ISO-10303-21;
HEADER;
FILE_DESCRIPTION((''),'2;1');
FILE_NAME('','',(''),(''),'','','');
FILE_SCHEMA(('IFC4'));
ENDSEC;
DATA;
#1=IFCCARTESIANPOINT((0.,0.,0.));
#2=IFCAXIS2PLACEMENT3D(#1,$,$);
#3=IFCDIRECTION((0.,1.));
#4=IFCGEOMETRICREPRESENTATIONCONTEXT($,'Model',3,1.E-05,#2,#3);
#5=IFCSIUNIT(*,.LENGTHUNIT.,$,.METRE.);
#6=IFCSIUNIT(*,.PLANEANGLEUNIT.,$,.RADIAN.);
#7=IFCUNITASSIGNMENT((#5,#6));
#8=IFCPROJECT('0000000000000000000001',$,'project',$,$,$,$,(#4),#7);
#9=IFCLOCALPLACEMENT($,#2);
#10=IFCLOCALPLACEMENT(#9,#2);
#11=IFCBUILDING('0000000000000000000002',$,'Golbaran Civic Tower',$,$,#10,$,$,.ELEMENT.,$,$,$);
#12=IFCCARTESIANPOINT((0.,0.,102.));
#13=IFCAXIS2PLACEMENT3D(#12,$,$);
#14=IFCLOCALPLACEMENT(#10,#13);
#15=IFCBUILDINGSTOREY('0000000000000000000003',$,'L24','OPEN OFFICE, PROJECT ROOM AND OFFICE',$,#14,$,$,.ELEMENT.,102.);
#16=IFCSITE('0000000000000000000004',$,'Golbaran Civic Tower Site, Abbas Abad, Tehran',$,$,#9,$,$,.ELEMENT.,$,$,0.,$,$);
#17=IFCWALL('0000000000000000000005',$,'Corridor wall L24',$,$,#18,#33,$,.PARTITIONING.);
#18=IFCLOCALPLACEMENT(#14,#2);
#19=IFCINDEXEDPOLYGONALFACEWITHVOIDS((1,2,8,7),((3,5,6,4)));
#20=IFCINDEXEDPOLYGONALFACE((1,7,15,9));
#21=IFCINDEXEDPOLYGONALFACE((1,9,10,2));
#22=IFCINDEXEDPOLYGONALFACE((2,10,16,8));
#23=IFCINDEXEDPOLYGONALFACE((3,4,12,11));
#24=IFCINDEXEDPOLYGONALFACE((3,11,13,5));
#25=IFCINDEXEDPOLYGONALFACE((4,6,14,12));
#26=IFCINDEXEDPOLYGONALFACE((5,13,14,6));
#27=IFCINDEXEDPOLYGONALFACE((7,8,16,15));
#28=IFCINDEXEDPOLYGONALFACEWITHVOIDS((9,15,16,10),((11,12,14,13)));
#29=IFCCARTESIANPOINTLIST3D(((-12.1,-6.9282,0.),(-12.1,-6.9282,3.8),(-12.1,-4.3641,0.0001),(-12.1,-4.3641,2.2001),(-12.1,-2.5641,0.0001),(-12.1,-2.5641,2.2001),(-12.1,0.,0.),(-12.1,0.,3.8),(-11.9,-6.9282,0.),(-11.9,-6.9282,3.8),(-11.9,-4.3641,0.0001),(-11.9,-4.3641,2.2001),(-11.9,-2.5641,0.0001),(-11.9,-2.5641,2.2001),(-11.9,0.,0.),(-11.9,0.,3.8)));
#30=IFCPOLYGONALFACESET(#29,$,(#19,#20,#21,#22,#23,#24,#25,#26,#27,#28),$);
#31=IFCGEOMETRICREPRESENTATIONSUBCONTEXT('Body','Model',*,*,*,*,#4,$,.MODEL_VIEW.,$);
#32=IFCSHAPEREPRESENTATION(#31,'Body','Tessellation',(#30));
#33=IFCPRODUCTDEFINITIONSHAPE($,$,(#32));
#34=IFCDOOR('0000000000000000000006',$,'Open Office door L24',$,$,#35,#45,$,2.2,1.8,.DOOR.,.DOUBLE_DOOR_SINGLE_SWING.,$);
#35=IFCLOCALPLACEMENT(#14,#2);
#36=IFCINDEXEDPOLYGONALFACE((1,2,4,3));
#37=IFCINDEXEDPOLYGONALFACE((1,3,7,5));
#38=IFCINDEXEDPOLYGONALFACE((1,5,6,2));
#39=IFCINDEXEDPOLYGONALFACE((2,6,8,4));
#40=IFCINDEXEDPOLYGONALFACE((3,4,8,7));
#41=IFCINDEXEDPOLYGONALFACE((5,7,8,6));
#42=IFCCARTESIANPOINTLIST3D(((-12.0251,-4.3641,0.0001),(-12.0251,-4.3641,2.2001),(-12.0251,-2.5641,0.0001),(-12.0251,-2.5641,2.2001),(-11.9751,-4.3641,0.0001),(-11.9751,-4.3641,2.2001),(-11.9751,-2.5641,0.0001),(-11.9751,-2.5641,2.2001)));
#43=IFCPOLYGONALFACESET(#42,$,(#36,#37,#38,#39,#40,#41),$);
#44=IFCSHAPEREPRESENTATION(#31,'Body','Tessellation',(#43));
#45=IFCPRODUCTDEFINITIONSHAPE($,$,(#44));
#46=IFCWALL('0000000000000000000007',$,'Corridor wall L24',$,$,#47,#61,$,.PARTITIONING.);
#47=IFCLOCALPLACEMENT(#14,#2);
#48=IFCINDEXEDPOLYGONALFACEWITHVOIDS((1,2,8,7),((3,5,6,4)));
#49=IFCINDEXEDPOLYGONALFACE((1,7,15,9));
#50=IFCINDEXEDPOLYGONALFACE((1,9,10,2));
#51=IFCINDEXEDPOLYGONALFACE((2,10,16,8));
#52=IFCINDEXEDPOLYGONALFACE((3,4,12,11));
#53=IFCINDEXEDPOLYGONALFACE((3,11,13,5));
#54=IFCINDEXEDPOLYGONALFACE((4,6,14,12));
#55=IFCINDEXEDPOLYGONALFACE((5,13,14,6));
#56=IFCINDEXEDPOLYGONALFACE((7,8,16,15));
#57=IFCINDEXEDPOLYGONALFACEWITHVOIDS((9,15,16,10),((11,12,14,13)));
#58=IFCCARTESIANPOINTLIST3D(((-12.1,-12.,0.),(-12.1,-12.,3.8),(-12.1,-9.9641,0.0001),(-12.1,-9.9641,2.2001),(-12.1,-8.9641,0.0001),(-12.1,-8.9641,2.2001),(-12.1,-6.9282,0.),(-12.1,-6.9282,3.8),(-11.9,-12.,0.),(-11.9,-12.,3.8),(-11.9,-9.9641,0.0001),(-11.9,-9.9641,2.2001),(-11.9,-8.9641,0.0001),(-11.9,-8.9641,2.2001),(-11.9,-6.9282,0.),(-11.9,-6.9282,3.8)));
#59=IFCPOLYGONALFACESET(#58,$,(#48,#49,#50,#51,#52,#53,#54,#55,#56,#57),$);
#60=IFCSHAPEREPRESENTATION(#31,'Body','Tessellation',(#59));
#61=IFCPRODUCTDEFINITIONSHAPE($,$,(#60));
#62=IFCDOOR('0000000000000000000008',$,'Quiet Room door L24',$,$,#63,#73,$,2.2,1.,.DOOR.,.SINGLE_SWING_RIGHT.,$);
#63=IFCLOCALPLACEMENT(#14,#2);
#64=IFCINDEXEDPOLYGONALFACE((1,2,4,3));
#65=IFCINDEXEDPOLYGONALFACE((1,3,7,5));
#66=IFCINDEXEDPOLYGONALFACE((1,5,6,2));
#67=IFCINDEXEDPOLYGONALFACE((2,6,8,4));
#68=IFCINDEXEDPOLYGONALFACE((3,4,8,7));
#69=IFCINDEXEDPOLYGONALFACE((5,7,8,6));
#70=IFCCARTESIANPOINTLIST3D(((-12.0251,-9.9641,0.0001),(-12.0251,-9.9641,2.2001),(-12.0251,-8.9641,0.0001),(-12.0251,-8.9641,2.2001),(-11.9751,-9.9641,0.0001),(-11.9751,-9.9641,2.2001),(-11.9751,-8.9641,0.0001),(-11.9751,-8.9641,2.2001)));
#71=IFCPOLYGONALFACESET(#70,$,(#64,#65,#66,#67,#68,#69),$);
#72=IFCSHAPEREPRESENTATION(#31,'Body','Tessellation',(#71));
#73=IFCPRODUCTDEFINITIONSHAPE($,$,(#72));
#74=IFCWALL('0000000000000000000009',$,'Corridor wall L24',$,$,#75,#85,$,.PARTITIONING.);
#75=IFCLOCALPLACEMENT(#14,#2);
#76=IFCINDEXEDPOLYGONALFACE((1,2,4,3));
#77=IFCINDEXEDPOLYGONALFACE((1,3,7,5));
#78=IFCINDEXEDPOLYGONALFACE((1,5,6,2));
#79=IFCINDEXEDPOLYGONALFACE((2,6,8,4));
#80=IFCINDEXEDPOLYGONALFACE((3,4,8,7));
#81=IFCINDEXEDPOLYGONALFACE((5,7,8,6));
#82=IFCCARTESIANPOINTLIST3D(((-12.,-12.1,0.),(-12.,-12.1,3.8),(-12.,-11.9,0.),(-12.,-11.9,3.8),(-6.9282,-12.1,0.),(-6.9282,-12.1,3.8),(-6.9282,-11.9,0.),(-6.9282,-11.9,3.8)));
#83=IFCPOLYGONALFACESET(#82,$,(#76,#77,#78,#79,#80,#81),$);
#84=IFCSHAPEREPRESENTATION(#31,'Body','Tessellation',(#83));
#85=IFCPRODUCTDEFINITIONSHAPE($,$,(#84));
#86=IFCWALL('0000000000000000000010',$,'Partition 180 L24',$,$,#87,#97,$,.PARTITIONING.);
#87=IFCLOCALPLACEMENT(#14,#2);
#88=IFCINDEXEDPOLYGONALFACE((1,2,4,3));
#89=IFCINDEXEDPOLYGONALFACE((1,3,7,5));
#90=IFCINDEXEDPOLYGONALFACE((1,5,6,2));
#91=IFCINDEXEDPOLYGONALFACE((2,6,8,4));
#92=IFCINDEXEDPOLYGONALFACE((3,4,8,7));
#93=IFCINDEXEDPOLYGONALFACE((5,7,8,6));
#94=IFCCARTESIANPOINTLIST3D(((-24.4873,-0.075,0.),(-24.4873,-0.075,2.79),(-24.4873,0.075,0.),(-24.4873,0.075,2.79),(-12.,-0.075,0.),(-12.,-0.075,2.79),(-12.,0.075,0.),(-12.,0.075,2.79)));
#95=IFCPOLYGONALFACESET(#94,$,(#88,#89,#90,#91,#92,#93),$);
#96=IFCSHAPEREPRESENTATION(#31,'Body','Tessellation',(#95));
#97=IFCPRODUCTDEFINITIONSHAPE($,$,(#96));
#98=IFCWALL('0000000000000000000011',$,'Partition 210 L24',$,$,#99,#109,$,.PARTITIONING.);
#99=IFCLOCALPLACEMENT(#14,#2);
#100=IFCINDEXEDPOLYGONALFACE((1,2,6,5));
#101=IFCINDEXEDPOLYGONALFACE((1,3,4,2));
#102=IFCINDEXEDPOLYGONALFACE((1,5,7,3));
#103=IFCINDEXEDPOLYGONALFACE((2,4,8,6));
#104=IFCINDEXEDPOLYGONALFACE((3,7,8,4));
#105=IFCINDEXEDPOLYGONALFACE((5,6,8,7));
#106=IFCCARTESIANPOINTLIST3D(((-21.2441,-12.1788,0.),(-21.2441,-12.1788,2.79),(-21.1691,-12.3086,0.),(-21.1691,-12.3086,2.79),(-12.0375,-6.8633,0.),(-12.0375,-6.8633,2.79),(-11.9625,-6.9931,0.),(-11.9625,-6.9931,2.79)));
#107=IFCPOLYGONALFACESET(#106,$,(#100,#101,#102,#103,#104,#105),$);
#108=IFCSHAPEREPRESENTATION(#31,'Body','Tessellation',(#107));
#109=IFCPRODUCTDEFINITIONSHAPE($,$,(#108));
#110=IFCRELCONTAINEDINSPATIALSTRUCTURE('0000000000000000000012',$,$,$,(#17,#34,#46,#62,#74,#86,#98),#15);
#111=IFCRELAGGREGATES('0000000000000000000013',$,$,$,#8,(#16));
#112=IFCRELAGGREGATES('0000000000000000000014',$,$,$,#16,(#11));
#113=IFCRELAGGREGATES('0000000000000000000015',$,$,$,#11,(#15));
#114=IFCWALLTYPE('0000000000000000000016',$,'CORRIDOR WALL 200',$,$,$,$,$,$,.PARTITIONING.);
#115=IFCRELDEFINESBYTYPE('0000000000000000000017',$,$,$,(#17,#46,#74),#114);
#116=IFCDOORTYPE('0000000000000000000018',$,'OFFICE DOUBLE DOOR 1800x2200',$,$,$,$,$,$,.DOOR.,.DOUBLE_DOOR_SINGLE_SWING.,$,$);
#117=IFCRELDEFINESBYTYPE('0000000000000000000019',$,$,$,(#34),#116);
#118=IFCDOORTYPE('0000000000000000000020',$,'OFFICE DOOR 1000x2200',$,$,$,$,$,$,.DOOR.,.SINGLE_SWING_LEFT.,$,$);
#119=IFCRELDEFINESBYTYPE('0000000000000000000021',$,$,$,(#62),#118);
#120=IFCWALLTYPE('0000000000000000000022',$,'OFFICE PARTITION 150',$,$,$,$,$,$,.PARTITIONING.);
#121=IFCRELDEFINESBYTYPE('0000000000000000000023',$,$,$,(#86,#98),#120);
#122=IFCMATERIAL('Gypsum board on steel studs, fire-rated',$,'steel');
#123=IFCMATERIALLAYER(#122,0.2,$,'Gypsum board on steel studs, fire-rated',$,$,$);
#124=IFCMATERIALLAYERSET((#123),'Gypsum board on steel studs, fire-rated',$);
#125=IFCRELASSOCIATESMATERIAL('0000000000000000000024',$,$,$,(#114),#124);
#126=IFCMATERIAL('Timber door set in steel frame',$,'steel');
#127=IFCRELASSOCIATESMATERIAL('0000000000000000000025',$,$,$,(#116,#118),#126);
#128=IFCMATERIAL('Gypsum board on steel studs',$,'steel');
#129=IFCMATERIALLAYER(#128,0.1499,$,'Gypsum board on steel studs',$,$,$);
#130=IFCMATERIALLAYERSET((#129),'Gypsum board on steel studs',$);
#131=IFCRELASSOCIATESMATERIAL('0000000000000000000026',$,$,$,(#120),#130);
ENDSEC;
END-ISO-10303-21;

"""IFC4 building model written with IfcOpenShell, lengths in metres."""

from ifc_helpers import new_model, si_unit, direction, frame, frame_2d, origin, place, context, subcontext, project, spatial, rectangle, extrude, material, layer, layer_set, type_object, element, fill, save


model = new_model("IFC4")

# Units and contexts
model_context = context("Model", 3, precision=1e-05, world=origin(), true_north=direction((0.0, 1.0)))
body_context = subcontext(model_context, "Body", "Model", "MODEL_VIEW")
ifc_project = project(units=[si_unit("LENGTHUNIT", "METRE"), si_unit("PLANEANGLEUNIT", "RADIAN")], contexts=[model_context])

# Site, building, storey
site_placement = place(None, origin())
site = spatial("IfcSite", under=ifc_project, at=site_placement, Name="Golbaran Civic Tower Site, Abbas Abad, Tehran", CompositionType="ELEMENT", RefElevation=0.0)
building_placement = place(site_placement, origin())
building = spatial("IfcBuilding", under=site, at=building_placement, Name="Golbaran Civic Tower", CompositionType="ELEMENT")
storey_placement = place(building_placement, frame((0.0, 0.0, 102.0)))
storey = spatial("IfcBuildingStorey", under=building, at=storey_placement, Name="L24", Description="OPEN OFFICE, PROJECT ROOM AND OFFICE", CompositionType="ELEMENT", Elevation=102.0)

# Walls, openings, doors
ifc_material_1 = material(Name="Gypsum board on steel studs, fire-rated", Category="steel")
ifc_layer_1 = layer(ifc_material_1, 0.2, Name="Gypsum board on steel studs, fire-rated")
ifc_layer_set_1 = layer_set([ifc_layer_1], Name="Gypsum board on steel studs, fire-rated")
wall_type_1 = type_object("IfcWallType", Name="CORRIDOR WALL 200", PredefinedType="PARTITIONING", material=ifc_layer_set_1)
wall_1_placement = place(storey_placement, frame((-12.0, 0.0, 0.0), z_axis=(0.0, 0.0, 1.0), x_axis=(0.0, -1.0, 0.0)))
wall_1 = element("IfcWall", 1, at=wall_1_placement, inside=storey, type_object=wall_type_1, Name="Corridor wall L24", PredefinedType="PARTITIONING", context=body_context, shape_type="SweptSolid", body=[
    extrude(rectangle(XDim=6.9282, YDim=0.2, at=frame_2d((3.4641, 0.0))), origin(), (0.0, 0.0, 1.0), 3.8),
])
opening_1_placement = place(wall_1_placement, frame((2.5642, 0.0, 0.0)))
opening_1 = element("IfcOpeningElement", 2, at=opening_1_placement, cuts=wall_1, PredefinedType="OPENING", context=body_context, shape_type="SweptSolid", body=[
    extrude(rectangle(XDim=1.8, YDim=2.2, at=frame_2d((0.8999, 1.1001))), frame((0.0, 0.1099, 0.0), z_axis=(0.0, -1.0, 0.0), x_axis=(1.0, 0.0, 0.0)), (0.0, 0.0, 1.0), 0.22),
])
ifc_material_2 = material(Name="Timber door set in steel frame", Category="steel")
door_type_1 = type_object("IfcDoorType", Name="OFFICE DOUBLE DOOR 1800x2200", OperationType="DOUBLE_DOOR_SINGLE_SWING", PredefinedType="DOOR", material=ifc_material_2)
door_1_placement = place(opening_1_placement, origin())
door_1 = element("IfcDoor", 3, at=door_1_placement, inside=storey, type_object=door_type_1, Name="Open Office door L24", OperationType="DOUBLE_DOOR_SINGLE_SWING", OverallHeight=2.2, OverallWidth=1.8, PredefinedType="DOOR", context=body_context, shape_type="SweptSolid", body=[
    extrude(rectangle(XDim=1.8, YDim=2.2, at=frame_2d((0.8999, 1.1001))), frame((0.0, 0.0249, 0.0), z_axis=(0.0, -1.0, 0.0), x_axis=(1.0, 0.0, 0.0)), (0.0, 0.0, 1.0), 0.05),
])
fill(opening_1, door_1)
wall_2_placement = place(storey_placement, frame((-12.0, -6.9282, 0.0), z_axis=(0.0, 0.0, 1.0), x_axis=(0.0, -1.0, 0.0)))
wall_2 = element("IfcWall", 4, at=wall_2_placement, inside=storey, type_object=wall_type_1, Name="Corridor wall L24", PredefinedType="PARTITIONING", context=body_context, shape_type="SweptSolid", body=[
    extrude(rectangle(XDim=5.0718, YDim=0.2, at=frame_2d((2.5359, 0.0))), origin(), (0.0, 0.0, 1.0), 3.8),
])
opening_2_placement = place(wall_2_placement, frame((2.0359, 0.0, 0.0)))
opening_2 = element("IfcOpeningElement", 5, at=opening_2_placement, cuts=wall_2, PredefinedType="OPENING", context=body_context, shape_type="SweptSolid", body=[
    extrude(rectangle(XDim=1.0, YDim=2.2, at=frame_2d((0.5, 1.1001))), frame((0.0, 0.1099, 0.0), z_axis=(0.0, -1.0, 0.0), x_axis=(1.0, 0.0, 0.0)), (0.0, 0.0, 1.0), 0.22),
])
door_type_2 = type_object("IfcDoorType", Name="OFFICE DOOR 1000x2200", OperationType="SINGLE_SWING_LEFT", PredefinedType="DOOR", material=ifc_material_2)
door_2_placement = place(opening_2_placement, origin())
door_2 = element("IfcDoor", 6, at=door_2_placement, inside=storey, type_object=door_type_2, Name="Quiet Room door L24", OperationType="SINGLE_SWING_RIGHT", OverallHeight=2.2, OverallWidth=1.0, PredefinedType="DOOR", context=body_context, shape_type="SweptSolid", body=[
    extrude(rectangle(XDim=1.0, YDim=2.2, at=frame_2d((0.5, 1.1001))), frame((0.0, 0.0249, 0.0), z_axis=(0.0, -1.0, 0.0), x_axis=(1.0, 0.0, 0.0)), (0.0, 0.0, 1.0), 0.05),
])
fill(opening_2, door_2)

# Walls
wall_3_placement = place(storey_placement, frame((-12.0, -12.0, 0.0), z_axis=(0.0, 0.0, 1.0), x_axis=(1.0, 0.0, 0.0)))
element("IfcWall", 7, at=wall_3_placement, inside=storey, type_object=wall_type_1, Name="Corridor wall L24", PredefinedType="PARTITIONING", context=body_context, shape_type="SweptSolid", body=[
    extrude(rectangle(XDim=5.0718, YDim=0.2, at=frame_2d((2.5359, 0.0))), origin(), (0.0, 0.0, 1.0), 3.8),
])
ifc_material_3 = material(Name="Gypsum board on steel studs", Category="steel")
ifc_layer_2 = layer(ifc_material_3, 0.1499, Name="Gypsum board on steel studs")
ifc_layer_set_2 = layer_set([ifc_layer_2], Name="Gypsum board on steel studs")
wall_type_2 = type_object("IfcWallType", Name="OFFICE PARTITION 150", PredefinedType="PARTITIONING", material=ifc_layer_set_2)
wall_4_placement = place(storey_placement, frame((-12.0, 0.0, 0.0), z_axis=(0.0, 0.0, 1.0), x_axis=(-1.0, 0.0, 0.0)))
element("IfcWall", 8, at=wall_4_placement, inside=storey, type_object=wall_type_2, Name="Partition 180 L24", PredefinedType="PARTITIONING", context=body_context, shape_type="SweptSolid", body=[
    extrude(rectangle(XDim=12.4873, YDim=0.1499, at=frame_2d((6.2437, 0.0))), origin(), (0.0, 0.0, 1.0), 2.79),
])
wall_5_placement = place(storey_placement, frame((-12.0, -6.9282, 0.0), z_axis=(0.0, 0.0, 1.0), x_axis=(-0.866024, -0.500002, 0.0)))
element("IfcWall", 9, at=wall_5_placement, inside=storey, type_object=wall_type_2, Name="Partition 210 L24", PredefinedType="PARTITIONING", context=body_context, shape_type="SweptSolid", body=[
    extrude(rectangle(XDim=10.6309, YDim=0.1499, at=frame_2d((5.3154, 0.0))), origin(), (0.0, 0.0, 1.0), 2.79),
])

save(model, "model.ifc")
